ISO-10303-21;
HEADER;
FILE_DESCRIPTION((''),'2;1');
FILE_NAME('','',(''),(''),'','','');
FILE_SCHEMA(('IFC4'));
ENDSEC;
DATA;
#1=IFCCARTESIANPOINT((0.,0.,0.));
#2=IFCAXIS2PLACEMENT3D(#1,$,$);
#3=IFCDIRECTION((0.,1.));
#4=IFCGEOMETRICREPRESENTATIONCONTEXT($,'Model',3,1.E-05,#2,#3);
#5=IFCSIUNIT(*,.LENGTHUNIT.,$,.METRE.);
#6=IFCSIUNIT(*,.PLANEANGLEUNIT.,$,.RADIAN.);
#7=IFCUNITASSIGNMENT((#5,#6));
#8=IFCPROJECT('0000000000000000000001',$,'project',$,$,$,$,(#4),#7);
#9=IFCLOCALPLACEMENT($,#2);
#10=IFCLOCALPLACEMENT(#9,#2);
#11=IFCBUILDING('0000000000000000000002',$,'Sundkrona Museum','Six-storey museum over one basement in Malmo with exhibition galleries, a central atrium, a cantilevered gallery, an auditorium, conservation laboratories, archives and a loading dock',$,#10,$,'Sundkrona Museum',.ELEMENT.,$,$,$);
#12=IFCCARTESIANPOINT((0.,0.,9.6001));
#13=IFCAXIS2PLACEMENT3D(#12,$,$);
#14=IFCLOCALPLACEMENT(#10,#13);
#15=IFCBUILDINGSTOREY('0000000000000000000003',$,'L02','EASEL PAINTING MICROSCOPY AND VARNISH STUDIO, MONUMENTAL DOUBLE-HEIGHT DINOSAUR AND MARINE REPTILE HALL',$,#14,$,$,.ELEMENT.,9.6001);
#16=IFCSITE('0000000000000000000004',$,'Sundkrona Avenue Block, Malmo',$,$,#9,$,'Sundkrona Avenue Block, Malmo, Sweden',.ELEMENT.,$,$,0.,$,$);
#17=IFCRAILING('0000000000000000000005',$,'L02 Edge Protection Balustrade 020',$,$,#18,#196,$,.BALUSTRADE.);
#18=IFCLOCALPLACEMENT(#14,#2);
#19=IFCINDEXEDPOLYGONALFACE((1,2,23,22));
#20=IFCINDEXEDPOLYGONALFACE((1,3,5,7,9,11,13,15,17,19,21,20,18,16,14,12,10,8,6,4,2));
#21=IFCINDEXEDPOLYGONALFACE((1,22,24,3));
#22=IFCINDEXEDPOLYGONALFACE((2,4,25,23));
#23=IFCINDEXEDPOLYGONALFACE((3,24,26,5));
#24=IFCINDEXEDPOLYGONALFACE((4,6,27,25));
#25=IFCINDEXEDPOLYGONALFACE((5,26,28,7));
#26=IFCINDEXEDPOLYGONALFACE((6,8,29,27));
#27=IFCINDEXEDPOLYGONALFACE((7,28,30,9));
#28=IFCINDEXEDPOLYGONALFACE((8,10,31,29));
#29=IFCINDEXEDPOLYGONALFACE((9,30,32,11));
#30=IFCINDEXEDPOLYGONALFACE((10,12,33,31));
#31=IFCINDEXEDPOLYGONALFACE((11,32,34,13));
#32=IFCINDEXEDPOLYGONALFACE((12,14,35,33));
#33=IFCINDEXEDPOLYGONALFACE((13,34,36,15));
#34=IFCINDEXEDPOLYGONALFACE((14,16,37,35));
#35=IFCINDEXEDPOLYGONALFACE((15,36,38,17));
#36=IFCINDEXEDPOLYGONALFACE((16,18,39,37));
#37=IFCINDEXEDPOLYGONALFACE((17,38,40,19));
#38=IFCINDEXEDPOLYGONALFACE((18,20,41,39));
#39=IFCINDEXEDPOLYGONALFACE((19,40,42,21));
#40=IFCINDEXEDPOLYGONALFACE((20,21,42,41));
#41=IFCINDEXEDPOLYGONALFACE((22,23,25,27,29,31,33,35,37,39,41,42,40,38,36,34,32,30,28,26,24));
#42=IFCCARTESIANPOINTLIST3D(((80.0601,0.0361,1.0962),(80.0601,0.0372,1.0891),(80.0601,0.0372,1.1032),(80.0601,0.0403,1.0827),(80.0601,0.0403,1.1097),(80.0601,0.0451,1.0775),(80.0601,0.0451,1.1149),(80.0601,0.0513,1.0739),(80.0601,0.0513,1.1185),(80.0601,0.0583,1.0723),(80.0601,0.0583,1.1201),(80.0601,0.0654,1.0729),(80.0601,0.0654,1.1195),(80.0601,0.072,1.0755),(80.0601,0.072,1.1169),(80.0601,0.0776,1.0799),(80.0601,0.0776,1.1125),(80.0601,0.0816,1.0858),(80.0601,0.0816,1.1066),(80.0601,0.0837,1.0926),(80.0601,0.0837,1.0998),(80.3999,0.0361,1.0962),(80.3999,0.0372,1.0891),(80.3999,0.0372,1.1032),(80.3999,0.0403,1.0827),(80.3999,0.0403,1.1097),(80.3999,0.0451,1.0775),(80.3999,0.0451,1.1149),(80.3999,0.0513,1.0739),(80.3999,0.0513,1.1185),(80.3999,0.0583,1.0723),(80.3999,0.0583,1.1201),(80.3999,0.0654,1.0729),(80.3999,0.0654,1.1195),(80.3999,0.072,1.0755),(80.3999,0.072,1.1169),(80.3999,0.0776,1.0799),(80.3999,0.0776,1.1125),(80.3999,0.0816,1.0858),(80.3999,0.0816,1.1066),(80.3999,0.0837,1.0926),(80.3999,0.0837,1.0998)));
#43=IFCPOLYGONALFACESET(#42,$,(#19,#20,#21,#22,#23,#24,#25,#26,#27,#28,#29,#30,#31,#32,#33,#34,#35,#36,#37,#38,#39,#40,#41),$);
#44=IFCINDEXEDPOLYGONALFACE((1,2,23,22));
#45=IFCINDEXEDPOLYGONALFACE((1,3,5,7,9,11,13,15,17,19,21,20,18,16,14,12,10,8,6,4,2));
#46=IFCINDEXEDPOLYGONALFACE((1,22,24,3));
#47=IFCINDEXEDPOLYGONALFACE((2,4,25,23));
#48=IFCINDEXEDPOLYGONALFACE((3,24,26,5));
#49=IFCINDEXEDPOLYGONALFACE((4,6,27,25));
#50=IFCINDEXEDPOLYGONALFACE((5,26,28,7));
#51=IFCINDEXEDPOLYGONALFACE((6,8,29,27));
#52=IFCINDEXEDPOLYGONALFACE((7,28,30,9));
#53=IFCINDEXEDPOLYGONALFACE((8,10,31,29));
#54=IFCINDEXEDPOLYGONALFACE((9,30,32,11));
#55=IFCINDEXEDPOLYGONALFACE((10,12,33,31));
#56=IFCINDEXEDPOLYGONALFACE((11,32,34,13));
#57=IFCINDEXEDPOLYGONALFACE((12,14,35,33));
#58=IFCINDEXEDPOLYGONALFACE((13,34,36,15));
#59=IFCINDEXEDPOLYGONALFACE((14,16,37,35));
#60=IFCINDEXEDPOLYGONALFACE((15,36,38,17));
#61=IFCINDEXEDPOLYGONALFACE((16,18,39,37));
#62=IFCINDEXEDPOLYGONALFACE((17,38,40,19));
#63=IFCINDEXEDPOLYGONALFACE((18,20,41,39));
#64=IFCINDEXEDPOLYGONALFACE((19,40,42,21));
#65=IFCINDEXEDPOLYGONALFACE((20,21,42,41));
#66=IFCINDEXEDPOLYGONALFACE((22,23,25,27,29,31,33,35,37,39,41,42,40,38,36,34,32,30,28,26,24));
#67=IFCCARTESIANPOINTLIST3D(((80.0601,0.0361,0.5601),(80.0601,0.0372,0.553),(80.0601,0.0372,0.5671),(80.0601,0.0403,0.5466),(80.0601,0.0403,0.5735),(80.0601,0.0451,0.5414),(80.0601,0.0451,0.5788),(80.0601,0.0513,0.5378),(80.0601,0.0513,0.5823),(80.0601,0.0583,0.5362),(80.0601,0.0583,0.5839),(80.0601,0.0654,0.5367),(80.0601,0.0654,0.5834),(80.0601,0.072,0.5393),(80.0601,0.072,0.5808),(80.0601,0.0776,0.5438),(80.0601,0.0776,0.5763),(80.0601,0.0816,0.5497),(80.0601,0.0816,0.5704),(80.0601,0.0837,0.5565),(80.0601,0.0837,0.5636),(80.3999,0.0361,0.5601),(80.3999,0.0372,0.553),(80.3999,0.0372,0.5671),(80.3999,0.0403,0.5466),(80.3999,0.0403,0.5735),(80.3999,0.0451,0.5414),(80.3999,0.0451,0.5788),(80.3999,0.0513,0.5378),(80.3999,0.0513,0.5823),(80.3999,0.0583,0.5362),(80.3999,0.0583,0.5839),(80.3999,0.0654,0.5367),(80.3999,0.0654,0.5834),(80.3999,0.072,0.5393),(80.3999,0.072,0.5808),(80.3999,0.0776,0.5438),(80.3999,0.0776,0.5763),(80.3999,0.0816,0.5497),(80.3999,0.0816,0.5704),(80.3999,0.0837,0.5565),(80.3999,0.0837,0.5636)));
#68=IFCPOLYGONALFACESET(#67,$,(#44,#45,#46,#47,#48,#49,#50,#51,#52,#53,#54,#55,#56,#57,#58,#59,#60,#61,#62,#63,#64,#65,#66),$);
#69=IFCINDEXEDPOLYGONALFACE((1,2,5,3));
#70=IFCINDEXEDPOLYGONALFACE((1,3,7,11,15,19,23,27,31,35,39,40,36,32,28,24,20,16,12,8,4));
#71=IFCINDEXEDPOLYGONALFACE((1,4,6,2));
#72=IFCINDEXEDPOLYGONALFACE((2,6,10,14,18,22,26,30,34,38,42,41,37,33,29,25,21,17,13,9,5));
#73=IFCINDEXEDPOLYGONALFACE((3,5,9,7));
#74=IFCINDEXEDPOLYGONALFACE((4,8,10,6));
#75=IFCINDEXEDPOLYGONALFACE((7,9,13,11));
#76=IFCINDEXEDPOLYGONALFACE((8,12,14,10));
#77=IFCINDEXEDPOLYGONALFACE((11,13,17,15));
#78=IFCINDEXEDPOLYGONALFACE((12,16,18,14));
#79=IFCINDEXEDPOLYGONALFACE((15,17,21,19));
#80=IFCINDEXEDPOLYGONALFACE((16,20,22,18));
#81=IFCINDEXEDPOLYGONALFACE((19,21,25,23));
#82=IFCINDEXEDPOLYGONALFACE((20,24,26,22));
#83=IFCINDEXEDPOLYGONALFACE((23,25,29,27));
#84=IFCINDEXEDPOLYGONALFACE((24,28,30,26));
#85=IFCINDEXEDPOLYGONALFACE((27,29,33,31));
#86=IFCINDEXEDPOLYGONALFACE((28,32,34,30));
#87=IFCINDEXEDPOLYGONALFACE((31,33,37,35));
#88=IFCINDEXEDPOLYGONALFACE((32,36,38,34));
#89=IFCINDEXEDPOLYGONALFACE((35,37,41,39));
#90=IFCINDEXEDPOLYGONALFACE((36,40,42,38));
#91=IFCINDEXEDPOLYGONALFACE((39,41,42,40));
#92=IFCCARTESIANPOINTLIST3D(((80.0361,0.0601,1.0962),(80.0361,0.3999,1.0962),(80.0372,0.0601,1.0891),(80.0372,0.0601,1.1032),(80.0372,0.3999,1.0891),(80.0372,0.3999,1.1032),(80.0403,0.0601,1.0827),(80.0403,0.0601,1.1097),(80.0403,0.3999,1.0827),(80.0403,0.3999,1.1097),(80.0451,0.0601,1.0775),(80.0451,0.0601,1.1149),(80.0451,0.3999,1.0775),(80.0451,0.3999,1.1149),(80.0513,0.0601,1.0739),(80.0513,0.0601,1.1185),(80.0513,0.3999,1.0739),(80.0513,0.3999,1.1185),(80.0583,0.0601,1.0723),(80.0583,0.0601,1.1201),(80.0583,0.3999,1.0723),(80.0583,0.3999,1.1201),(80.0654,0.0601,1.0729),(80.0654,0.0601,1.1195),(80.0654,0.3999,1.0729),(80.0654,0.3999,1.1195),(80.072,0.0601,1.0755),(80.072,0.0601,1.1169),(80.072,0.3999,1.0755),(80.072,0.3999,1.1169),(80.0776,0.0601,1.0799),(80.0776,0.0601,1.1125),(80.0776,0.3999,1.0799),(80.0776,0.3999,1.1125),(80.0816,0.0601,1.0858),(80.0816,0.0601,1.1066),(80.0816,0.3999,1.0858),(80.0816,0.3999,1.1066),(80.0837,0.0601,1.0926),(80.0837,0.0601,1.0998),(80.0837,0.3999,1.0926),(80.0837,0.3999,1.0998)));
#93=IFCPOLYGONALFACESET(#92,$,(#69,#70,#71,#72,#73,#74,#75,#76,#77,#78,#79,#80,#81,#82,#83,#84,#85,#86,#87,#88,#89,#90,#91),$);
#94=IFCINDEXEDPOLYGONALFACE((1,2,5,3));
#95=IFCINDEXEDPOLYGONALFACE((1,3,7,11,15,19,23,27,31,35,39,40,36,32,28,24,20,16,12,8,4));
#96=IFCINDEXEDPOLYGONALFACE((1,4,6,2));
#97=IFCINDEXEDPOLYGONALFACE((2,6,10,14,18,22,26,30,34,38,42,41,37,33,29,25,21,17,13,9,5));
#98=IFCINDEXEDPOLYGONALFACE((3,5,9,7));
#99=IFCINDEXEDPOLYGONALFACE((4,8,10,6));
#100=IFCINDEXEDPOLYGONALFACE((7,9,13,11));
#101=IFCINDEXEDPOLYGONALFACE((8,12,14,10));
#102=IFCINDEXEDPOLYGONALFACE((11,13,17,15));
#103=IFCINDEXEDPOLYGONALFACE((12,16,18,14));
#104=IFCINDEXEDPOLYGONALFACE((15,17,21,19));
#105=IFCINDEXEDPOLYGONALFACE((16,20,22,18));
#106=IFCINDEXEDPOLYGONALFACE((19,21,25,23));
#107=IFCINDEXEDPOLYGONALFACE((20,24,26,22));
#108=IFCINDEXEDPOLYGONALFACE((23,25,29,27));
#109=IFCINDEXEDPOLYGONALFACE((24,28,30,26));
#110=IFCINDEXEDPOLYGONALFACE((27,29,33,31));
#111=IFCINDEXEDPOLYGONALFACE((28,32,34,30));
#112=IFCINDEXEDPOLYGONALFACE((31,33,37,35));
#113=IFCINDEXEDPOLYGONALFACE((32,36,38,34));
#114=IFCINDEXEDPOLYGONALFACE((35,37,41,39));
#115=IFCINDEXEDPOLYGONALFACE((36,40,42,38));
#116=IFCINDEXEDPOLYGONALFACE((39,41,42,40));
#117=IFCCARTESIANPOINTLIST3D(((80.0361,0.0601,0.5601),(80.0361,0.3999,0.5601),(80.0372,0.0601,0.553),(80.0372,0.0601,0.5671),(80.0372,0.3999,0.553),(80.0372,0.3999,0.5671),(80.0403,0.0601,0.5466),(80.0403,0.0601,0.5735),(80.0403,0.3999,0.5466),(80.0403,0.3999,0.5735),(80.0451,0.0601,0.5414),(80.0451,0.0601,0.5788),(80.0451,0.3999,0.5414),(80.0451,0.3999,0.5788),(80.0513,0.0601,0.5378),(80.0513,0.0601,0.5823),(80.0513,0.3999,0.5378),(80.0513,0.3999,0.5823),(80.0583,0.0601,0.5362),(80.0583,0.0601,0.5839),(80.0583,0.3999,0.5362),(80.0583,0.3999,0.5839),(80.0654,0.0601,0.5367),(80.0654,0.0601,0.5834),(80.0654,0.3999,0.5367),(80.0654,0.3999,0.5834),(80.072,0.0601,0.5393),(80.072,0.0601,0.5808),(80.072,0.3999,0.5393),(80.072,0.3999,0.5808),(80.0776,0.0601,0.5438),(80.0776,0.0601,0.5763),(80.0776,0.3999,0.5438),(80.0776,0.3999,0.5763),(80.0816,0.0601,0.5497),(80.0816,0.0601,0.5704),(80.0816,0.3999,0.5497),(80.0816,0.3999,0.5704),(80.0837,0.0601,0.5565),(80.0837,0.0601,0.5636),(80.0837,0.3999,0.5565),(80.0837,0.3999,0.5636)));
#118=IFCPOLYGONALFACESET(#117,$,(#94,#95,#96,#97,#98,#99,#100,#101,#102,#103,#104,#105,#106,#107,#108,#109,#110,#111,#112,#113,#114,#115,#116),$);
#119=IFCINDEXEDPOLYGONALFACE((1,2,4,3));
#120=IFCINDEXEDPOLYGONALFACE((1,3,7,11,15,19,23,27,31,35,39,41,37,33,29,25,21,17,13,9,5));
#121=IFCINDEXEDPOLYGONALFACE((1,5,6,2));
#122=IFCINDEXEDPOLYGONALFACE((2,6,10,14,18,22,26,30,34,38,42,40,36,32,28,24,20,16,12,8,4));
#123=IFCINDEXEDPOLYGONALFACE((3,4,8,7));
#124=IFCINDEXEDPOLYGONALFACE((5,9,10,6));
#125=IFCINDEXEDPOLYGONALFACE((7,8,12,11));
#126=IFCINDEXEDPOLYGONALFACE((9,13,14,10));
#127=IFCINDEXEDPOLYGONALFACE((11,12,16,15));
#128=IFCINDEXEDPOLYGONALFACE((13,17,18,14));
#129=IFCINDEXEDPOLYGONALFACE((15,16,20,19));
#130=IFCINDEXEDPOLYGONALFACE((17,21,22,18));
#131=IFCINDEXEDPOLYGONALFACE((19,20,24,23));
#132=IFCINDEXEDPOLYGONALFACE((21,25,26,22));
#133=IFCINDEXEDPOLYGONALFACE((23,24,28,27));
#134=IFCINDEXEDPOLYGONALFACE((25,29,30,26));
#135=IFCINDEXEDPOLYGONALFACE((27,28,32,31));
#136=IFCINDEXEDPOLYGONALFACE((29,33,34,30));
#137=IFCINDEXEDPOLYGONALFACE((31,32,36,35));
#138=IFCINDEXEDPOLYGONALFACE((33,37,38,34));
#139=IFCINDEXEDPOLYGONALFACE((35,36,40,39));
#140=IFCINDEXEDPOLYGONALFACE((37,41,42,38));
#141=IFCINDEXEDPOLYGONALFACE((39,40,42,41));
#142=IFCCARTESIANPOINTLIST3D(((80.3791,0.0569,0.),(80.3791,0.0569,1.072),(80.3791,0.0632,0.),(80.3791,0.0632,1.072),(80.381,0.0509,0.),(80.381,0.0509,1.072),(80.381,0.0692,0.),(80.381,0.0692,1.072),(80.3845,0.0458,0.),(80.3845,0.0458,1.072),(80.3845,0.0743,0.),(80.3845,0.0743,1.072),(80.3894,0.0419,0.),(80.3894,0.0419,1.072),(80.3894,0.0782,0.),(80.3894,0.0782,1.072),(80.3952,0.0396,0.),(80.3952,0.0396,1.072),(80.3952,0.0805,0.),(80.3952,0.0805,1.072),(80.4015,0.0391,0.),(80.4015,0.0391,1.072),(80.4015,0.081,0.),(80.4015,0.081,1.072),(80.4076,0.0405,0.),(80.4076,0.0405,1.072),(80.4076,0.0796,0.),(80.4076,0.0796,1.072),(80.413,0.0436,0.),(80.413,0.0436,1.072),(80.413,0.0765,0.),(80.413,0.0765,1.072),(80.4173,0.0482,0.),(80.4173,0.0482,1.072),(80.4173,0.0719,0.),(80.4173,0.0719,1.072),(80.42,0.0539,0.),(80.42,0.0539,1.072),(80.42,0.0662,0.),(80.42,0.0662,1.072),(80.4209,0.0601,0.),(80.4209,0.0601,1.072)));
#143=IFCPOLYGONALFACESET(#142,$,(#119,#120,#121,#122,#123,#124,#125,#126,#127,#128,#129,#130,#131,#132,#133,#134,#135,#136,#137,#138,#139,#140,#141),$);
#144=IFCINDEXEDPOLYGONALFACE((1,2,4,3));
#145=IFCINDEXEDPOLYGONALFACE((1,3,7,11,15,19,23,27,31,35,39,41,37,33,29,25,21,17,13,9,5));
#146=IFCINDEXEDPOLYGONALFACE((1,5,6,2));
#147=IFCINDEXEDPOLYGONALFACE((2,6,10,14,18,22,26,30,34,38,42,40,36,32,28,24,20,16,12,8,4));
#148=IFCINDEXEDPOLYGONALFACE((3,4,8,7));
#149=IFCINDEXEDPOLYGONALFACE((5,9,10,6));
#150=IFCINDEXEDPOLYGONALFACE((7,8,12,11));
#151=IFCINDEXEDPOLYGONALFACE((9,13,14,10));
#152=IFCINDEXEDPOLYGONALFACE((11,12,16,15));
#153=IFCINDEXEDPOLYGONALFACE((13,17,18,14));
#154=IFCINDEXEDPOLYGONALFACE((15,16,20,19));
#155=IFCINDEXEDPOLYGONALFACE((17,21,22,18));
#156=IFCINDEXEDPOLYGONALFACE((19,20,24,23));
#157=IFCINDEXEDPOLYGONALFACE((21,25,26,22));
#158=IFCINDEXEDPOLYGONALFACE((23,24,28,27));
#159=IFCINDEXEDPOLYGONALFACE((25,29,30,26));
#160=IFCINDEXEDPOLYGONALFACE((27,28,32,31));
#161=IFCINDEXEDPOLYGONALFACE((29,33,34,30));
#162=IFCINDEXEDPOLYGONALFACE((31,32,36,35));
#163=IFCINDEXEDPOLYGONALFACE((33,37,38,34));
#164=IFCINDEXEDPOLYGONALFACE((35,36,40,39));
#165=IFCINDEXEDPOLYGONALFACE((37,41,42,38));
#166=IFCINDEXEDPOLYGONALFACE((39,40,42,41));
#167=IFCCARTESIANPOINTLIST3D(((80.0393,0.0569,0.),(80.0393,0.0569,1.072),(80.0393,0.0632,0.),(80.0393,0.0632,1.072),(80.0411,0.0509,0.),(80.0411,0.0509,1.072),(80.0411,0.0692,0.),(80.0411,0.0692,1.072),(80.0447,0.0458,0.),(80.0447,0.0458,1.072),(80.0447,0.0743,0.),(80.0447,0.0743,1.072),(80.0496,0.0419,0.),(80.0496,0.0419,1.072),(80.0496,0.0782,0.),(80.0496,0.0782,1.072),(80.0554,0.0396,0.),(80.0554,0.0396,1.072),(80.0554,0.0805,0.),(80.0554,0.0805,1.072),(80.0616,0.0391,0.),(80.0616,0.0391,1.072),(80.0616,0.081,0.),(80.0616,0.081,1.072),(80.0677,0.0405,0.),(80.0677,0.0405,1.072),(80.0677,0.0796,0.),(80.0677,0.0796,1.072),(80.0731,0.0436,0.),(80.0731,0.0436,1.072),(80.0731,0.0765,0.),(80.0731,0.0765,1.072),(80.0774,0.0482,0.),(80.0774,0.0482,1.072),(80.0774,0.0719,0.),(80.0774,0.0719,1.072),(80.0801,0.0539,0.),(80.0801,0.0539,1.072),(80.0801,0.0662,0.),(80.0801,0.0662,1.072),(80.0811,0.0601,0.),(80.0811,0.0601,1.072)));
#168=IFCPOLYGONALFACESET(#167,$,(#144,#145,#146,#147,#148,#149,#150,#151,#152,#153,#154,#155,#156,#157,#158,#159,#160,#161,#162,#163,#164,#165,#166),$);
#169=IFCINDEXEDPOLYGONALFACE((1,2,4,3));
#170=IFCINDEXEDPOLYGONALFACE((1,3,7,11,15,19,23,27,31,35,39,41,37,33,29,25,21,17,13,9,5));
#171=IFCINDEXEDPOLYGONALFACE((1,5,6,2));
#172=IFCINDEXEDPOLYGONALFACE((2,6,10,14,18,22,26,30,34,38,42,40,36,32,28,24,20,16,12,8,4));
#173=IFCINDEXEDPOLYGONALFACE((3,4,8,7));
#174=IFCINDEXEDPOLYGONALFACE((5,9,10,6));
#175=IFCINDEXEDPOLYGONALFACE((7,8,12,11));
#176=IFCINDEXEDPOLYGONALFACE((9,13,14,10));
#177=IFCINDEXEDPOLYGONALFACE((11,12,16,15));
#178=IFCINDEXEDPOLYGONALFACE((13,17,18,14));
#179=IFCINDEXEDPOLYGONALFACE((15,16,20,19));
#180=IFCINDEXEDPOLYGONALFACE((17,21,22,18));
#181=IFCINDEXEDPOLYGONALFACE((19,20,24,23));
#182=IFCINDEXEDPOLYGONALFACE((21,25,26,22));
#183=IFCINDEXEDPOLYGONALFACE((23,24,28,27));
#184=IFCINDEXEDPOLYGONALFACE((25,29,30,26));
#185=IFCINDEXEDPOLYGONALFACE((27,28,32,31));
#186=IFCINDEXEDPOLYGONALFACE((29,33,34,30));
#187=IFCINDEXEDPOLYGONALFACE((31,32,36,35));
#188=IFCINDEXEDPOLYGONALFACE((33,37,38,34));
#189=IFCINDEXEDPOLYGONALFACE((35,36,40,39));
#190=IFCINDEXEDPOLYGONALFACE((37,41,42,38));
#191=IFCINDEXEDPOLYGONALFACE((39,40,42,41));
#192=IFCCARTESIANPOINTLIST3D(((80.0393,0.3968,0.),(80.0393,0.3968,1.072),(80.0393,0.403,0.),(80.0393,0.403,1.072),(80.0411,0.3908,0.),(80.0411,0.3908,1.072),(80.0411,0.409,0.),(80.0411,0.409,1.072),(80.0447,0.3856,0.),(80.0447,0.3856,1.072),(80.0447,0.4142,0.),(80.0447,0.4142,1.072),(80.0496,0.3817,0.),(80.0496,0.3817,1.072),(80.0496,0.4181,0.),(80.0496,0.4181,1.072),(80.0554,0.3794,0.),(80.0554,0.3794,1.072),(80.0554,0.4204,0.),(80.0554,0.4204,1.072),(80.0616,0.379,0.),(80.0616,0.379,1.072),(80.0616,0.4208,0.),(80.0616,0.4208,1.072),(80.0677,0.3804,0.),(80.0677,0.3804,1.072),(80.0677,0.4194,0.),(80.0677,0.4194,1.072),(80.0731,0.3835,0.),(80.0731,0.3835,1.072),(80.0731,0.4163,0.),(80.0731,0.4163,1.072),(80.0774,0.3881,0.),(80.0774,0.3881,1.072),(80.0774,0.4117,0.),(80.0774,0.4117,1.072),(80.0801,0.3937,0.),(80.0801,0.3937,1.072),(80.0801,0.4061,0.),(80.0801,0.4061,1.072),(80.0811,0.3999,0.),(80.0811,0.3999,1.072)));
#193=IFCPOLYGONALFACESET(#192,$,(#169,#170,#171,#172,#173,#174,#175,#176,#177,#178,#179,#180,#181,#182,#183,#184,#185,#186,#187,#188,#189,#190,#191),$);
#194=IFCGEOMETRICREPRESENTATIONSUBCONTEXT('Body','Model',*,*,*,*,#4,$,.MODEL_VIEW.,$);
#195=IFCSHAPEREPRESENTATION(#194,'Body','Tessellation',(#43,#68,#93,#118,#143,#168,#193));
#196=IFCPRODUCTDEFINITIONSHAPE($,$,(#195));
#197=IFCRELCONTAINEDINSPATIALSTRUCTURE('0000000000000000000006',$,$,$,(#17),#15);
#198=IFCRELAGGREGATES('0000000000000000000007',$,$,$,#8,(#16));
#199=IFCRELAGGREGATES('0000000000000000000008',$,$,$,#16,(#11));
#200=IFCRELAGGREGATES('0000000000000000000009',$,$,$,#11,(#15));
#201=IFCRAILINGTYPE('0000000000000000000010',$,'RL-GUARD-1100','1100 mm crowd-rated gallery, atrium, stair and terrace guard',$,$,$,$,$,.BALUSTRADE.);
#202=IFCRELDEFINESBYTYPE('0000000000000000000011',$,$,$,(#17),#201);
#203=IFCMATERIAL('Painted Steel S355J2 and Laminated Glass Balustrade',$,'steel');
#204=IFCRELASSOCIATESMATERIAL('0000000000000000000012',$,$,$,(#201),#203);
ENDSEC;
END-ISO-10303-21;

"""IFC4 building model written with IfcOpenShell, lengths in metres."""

from ifc_helpers import new_model, si_unit, direction, frame, origin, origin_2d, place, context, subcontext, project, spatial, circle, extrude, material, type_object, element, save


model = new_model("IFC4")

# Units and contexts
model_context = context("Model", 3, precision=1e-05, world=origin(), true_north=direction((0.0, 1.0)))
body_context = subcontext(model_context, "Body", "Model", "MODEL_VIEW")
ifc_project = project(units=[si_unit("LENGTHUNIT", "METRE"), si_unit("PLANEANGLEUNIT", "RADIAN")], contexts=[model_context])

# Site, building, storey
site_placement = place(None, origin())
site = spatial("IfcSite", under=ifc_project, at=site_placement, Name="Sundkrona Avenue Block, Malmo", LongName="Sundkrona Avenue Block, Malmo, Sweden", CompositionType="ELEMENT", RefElevation=0.0)
building_placement = place(site_placement, origin())
building = spatial("IfcBuilding", under=site, at=building_placement, Name="Sundkrona Museum", Description="Six-storey museum over one basement in Malmo with exhibition galleries, a central atrium, a cantilevered gallery, an auditorium, conservation laboratories, archives and a loading dock", LongName="Sundkrona Museum", CompositionType="ELEMENT")
storey_placement = place(building_placement, frame((0.0, 0.0, 9.6001)))
storey = spatial("IfcBuildingStorey", under=building, at=storey_placement, Name="L02", Description="EASEL PAINTING MICROSCOPY AND VARNISH STUDIO, MONUMENTAL DOUBLE-HEIGHT DINOSAUR AND MARINE REPTILE HALL", CompositionType="ELEMENT", Elevation=9.6001)

# Railing
ifc_material_1 = material(Name="Painted Steel S355J2 and Laminated Glass Balustrade", Category="steel")
railing_type = type_object("IfcRailingType", Name="RL-GUARD-1100", Description="1100 mm crowd-rated gallery, atrium, stair and terrace guard", PredefinedType="BALUSTRADE", material=ifc_material_1)
railing_1_placement = place(storey_placement, frame((80.3999, 0.0601, 0.0)))
element("IfcRailing", 1, at=railing_1_placement, inside=storey, type_object=railing_type, Name="L02 Edge Protection Balustrade 020", PredefinedType="BALUSTRADE", context=body_context, shape_type="SweptSolid", body=[
    extrude(circle(Radius=0.0239, at=origin_2d()), frame((0.0, 0.0, 1.0962), z_axis=(-1.0, 0.0, 0.0), x_axis=(0.0, -1.0, 0.0)), (0.0, 0.0, 1.0), 0.3398),
    extrude(circle(Radius=0.0239, at=origin_2d()), frame((0.0, 0.0, 0.5601), z_axis=(-1.0, 0.0, 0.0), x_axis=(0.0, -1.0, 0.0)), (0.0, 0.0, 1.0), 0.3398),
    extrude(circle(Radius=0.0239, at=origin_2d()), frame((-0.3398, 0.0, 1.0962), z_axis=(0.0, 1.0, 0.0), x_axis=(-1.0, 0.0, 0.0)), (0.0, 0.0, 1.0), 0.3398),
    extrude(circle(Radius=0.0239, at=origin_2d()), frame((-0.3398, 0.0, 0.5601), z_axis=(0.0, 1.0, 0.0), x_axis=(-1.0, 0.0, 0.0)), (0.0, 0.0, 1.0), 0.3398),
    extrude(circle(Radius=0.021, at=origin_2d()), origin(), (0.0, 0.0, 1.0), 1.072),
    extrude(circle(Radius=0.021, at=origin_2d()), frame((-0.3398, 0.0, 0.0)), (0.0, 0.0, 1.0), 1.072),
    extrude(circle(Radius=0.021, at=origin_2d()), frame((-0.3398, 0.3398, 0.0)), (0.0, 0.0, 1.0), 1.072),
])

save(model, "model.ifc")
